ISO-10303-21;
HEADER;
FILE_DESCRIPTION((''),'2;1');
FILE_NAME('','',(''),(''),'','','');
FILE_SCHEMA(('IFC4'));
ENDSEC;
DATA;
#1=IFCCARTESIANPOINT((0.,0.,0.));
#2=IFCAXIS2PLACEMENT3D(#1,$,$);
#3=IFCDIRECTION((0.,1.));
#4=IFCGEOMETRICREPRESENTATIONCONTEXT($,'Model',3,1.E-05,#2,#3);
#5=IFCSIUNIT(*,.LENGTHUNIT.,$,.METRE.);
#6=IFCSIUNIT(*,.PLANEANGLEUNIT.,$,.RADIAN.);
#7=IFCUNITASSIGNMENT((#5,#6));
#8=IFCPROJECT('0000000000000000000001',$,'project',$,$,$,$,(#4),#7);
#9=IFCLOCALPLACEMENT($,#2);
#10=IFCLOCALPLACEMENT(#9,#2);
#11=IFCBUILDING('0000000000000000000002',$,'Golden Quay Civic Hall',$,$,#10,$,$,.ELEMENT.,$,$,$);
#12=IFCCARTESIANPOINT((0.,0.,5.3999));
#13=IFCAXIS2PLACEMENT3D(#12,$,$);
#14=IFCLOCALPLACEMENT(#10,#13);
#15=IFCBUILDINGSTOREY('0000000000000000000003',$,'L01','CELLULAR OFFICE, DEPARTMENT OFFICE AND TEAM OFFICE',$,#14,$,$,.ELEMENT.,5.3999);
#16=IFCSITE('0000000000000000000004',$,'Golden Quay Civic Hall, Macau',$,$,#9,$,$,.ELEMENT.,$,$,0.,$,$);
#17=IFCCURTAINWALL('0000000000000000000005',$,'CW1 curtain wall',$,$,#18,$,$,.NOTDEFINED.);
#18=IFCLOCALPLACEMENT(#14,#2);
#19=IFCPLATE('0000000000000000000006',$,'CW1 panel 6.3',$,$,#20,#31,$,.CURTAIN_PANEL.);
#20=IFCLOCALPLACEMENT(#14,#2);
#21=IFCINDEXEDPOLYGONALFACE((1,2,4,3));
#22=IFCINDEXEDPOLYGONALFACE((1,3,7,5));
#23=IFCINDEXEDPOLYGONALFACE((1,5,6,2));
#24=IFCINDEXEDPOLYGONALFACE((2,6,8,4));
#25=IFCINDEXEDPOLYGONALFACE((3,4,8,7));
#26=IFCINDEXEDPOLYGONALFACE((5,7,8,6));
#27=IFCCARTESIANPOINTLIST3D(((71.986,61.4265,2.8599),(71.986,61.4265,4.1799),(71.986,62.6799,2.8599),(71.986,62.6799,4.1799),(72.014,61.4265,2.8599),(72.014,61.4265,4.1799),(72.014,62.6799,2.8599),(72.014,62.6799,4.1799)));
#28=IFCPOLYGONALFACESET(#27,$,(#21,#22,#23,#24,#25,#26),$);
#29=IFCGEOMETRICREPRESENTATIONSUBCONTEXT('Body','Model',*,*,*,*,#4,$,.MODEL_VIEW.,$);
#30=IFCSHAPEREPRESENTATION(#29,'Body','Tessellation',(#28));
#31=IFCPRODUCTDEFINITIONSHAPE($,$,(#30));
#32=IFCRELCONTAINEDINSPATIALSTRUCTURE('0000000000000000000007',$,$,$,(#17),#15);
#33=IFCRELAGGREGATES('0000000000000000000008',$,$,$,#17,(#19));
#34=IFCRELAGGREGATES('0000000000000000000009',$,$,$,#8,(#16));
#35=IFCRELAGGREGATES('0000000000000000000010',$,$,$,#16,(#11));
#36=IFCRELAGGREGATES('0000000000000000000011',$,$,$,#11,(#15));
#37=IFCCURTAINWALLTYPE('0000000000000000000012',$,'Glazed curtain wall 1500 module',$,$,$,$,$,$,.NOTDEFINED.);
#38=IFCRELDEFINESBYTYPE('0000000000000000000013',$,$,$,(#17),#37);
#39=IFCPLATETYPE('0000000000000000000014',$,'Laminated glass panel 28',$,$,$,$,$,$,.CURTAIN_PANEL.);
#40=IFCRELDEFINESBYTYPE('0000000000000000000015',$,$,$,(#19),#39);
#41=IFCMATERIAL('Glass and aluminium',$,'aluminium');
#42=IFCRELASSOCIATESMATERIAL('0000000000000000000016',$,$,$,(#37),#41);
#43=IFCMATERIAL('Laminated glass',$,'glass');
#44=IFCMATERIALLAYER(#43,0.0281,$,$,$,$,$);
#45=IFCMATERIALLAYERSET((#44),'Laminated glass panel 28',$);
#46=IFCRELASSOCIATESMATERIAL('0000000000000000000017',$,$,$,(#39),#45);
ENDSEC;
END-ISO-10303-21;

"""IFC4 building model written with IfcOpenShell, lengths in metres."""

from ifc_helpers import new_model, si_unit, direction, frame, origin, origin_2d, place, context, subcontext, project, spatial, rectangle, extrude, material, layer, layer_set, type_object, element, aggregate, save


model = new_model("IFC4")

# Units and contexts
model_context = context("Model", 3, precision=1e-05, world=origin(), true_north=direction((0.0, 1.0)))
body_context = subcontext(model_context, "Body", "Model", "MODEL_VIEW")
ifc_project = project(units=[si_unit("LENGTHUNIT", "METRE"), si_unit("PLANEANGLEUNIT", "RADIAN")], contexts=[model_context])

# Site, building, storey
site_placement = place(None, origin())
site = spatial("IfcSite", under=ifc_project, at=site_placement, Name="Golden Quay Civic Hall, Macau", CompositionType="ELEMENT", RefElevation=0.0)
building_placement = place(site_placement, origin())
building = spatial("IfcBuilding", under=site, at=building_placement, Name="Golden Quay Civic Hall", CompositionType="ELEMENT")
storey_placement = place(building_placement, frame((0.0, 0.0, 5.3999)))
storey = spatial("IfcBuildingStorey", under=building, at=storey_placement, Name="L01", Description="CELLULAR OFFICE, DEPARTMENT OFFICE AND TEAM OFFICE", CompositionType="ELEMENT", Elevation=5.3999)

# Curtain wall
ifc_material_1 = material(Name="Glass and aluminium", Category="aluminium")
curtain_wall_type_1 = type_object("IfcCurtainWallType", Name="Glazed curtain wall 1500 module", PredefinedType="NOTDEFINED", material=ifc_material_1)
curtain_wall_1_placement = place(storey_placement, origin())
curtain_wall_1 = element("IfcCurtainWall", 1, at=curtain_wall_1_placement, inside=storey, type_object=curtain_wall_type_1, Name="CW1 curtain wall", PredefinedType="NOTDEFINED")

# Plate
ifc_material_2 = material(Name="Laminated glass", Category="glass")
ifc_layer_1 = layer(ifc_material_2, 0.0281)
ifc_layer_set_1 = layer_set([ifc_layer_1], Name="Laminated glass panel 28")
plate_type_1 = type_object("IfcPlateType", Name="Laminated glass panel 28", PredefinedType="CURTAIN_PANEL", material=ifc_layer_set_1)
plate_1_placement = place(storey_placement, frame((72.0, 62.0532, 2.8599), z_axis=(0.0, 0.0, 1.0), x_axis=(0.0, 1.0, 0.0)))
plate_1 = element("IfcPlate", 2, at=plate_1_placement, type_object=plate_type_1, Name="CW1 panel 6.3", PredefinedType="CURTAIN_PANEL", context=body_context, shape_type="SweptSolid", body=[
    extrude(rectangle(XDim=1.2534, YDim=0.0281, at=origin_2d()), origin(), (0.0, 0.0, 1.0), 1.3201),
])
aggregate(curtain_wall_1, [plate_1])

save(model, "model.ifc")
